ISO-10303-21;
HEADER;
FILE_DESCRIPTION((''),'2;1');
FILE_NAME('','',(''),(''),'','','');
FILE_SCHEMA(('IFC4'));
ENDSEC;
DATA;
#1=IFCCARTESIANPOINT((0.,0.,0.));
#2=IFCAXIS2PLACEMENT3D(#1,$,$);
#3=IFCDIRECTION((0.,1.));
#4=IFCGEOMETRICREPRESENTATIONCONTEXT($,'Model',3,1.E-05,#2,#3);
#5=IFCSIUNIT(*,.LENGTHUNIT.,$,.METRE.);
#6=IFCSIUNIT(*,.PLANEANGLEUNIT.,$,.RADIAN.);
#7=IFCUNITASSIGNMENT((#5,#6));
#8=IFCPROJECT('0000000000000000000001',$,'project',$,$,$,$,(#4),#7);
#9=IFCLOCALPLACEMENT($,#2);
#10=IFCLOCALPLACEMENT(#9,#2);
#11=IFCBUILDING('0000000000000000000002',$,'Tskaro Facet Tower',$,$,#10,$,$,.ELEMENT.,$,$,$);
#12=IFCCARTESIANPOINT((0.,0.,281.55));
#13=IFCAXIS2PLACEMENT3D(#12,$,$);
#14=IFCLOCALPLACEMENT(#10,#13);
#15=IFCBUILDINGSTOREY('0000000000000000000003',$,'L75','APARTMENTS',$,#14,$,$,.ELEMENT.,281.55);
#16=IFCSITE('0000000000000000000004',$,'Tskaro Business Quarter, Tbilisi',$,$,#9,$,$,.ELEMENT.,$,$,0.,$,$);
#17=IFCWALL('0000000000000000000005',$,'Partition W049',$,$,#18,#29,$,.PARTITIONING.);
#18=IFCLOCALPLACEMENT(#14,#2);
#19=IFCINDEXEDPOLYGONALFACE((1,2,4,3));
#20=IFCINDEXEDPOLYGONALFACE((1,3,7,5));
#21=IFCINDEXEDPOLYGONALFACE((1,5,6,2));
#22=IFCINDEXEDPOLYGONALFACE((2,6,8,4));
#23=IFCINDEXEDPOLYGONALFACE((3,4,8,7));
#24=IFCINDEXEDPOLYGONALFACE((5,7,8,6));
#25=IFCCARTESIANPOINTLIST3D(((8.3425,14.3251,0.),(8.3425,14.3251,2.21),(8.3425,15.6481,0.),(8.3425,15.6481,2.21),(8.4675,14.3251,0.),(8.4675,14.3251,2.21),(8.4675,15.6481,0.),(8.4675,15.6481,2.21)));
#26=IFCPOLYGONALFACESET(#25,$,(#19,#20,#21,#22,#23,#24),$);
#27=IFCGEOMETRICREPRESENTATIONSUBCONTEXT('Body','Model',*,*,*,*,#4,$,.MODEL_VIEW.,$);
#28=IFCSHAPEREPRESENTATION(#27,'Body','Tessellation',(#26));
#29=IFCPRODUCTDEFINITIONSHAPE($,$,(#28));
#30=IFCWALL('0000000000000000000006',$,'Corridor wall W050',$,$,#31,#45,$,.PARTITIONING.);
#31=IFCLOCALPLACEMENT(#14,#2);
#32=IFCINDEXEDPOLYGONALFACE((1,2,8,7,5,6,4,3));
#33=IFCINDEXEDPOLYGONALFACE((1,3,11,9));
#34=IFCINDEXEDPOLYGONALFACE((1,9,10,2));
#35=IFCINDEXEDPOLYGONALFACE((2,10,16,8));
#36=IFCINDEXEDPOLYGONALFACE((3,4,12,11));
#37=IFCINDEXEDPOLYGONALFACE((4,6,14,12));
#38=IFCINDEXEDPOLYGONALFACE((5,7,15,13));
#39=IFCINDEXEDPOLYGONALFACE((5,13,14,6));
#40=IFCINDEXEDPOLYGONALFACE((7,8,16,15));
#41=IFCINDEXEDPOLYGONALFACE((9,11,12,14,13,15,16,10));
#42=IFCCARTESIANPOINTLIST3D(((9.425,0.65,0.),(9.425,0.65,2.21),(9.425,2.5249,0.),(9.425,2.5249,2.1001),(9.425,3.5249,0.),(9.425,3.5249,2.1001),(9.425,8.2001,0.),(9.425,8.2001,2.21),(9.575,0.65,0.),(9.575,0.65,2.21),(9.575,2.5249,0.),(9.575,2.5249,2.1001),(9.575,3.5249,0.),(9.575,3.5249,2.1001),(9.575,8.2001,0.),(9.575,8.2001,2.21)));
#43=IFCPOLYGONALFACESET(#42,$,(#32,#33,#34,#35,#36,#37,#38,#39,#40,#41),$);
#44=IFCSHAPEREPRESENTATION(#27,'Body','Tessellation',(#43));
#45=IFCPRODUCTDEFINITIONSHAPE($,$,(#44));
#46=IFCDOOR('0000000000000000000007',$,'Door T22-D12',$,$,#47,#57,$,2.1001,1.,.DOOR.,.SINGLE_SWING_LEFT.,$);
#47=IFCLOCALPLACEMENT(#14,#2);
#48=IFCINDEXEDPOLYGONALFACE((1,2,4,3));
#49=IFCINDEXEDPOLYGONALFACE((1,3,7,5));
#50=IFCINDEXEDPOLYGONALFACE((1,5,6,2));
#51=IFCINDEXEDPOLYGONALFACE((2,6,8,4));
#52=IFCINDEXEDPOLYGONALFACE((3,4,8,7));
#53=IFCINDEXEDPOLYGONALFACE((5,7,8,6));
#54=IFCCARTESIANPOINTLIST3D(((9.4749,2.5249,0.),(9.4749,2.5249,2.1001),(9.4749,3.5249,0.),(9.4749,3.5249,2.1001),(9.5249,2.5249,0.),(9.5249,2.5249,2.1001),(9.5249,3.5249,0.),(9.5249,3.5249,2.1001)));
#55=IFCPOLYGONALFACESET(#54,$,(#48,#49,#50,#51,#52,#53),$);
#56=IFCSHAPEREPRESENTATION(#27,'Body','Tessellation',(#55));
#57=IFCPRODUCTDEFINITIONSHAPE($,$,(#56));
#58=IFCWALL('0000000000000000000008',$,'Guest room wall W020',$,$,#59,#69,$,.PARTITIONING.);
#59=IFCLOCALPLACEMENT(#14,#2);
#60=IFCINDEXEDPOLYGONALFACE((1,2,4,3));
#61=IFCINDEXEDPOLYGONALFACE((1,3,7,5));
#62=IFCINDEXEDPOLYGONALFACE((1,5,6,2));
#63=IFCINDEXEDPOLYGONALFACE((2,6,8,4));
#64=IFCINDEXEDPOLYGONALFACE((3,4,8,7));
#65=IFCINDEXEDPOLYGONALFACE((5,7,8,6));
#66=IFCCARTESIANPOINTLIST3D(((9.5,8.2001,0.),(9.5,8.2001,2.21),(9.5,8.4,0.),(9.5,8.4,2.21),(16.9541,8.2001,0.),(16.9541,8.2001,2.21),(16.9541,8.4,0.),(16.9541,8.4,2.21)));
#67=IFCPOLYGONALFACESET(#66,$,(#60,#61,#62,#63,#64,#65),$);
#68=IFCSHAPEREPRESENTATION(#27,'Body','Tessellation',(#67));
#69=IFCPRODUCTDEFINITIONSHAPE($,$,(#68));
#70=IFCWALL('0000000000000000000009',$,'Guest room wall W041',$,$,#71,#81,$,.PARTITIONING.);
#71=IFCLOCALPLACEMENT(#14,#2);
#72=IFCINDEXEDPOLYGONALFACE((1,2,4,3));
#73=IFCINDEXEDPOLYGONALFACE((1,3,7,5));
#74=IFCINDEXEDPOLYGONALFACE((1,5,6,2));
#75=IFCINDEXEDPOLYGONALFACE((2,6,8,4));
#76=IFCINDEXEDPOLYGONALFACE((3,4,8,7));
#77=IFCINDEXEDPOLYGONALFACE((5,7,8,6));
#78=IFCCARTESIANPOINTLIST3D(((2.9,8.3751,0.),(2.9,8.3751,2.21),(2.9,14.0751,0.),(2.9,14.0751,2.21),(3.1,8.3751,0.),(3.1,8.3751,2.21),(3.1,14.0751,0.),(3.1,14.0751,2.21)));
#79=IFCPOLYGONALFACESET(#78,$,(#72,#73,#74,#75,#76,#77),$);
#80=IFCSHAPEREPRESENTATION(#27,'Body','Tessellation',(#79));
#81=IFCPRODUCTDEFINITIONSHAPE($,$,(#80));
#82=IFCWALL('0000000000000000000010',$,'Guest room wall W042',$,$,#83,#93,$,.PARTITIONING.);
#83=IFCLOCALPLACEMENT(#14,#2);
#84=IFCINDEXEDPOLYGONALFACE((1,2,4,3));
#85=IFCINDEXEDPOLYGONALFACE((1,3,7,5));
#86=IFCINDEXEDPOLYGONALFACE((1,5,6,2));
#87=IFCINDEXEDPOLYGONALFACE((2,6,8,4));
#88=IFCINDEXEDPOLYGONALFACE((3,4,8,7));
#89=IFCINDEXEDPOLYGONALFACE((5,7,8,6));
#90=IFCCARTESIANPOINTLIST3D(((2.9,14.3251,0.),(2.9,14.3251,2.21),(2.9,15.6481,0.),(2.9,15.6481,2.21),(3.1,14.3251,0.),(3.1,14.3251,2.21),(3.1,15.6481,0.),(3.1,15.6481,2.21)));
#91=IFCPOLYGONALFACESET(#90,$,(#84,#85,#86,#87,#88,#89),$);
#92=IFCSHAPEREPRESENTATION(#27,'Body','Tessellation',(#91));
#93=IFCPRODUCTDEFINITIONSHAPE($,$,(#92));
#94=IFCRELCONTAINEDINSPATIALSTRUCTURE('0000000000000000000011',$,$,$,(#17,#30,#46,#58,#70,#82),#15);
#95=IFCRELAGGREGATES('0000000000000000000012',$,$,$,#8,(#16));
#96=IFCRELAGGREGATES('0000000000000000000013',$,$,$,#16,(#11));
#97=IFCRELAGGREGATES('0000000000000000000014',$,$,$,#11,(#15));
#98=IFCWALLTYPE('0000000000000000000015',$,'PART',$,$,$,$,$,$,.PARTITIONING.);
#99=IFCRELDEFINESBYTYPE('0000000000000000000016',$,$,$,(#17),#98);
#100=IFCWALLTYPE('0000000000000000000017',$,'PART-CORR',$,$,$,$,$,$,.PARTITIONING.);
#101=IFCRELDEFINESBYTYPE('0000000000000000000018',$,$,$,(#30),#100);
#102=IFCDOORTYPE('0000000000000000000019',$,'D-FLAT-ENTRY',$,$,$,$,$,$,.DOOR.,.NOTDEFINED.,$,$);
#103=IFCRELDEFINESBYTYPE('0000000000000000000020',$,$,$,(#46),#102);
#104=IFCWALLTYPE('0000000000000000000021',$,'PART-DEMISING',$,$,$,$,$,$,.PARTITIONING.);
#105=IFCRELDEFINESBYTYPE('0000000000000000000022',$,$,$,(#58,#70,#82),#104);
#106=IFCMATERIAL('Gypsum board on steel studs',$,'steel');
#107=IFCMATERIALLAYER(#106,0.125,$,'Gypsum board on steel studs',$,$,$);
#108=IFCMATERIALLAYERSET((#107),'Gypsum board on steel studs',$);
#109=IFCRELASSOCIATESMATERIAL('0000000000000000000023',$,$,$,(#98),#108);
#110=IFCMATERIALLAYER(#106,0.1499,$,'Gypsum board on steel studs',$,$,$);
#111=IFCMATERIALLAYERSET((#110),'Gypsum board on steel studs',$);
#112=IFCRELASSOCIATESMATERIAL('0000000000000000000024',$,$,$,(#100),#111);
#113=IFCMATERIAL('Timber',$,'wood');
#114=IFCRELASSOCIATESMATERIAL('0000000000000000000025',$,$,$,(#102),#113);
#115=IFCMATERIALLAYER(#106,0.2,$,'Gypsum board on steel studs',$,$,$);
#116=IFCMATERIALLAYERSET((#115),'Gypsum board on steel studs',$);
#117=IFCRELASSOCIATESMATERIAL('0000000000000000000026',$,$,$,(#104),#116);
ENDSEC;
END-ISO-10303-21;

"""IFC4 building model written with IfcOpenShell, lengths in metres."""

from ifc_helpers import new_model, si_unit, direction, frame, frame_2d, origin, place, context, subcontext, project, spatial, rectangle, extrude, material, layer, layer_set, type_object, element, fill, save


model = new_model("IFC4")

# Units and contexts
model_context = context("Model", 3, precision=1e-05, world=origin(), true_north=direction((0.0, 1.0)))
body_context = subcontext(model_context, "Body", "Model", "MODEL_VIEW")
ifc_project = project(units=[si_unit("LENGTHUNIT", "METRE"), si_unit("PLANEANGLEUNIT", "RADIAN")], contexts=[model_context])

# Site, building, storey
site_placement = place(None, origin())
site = spatial("IfcSite", under=ifc_project, at=site_placement, Name="Tskaro Business Quarter, Tbilisi", CompositionType="ELEMENT", RefElevation=0.0)
building_placement = place(site_placement, origin())
building = spatial("IfcBuilding", under=site, at=building_placement, Name="Tskaro Facet Tower", CompositionType="ELEMENT")
storey_placement = place(building_placement, frame((0.0, 0.0, 281.55)))
storey = spatial("IfcBuildingStorey", under=building, at=storey_placement, Name="L75", Description="APARTMENTS", CompositionType="ELEMENT", Elevation=281.55)

# Shared definitions
ifc_material_1 = material(Name="Gypsum board on steel studs", Category="steel")
ifc_layer_1 = layer(ifc_material_1, 0.125, Name="Gypsum board on steel studs")
ifc_layer_set_1 = layer_set([ifc_layer_1], Name="Gypsum board on steel studs")
wall_type_1 = type_object("IfcWallType", Name="PART", PredefinedType="PARTITIONING", material=ifc_layer_set_1)
ifc_material_2 = material(Name="Timber", Category="wood")

# Wall
wall_1_placement = place(storey_placement, frame((8.405, 14.325, 0.0), z_axis=(0.0, 0.0, 1.0), x_axis=(0.0, 1.0, 0.0)))
element("IfcWall", 1, at=wall_1_placement, inside=storey, type_object=wall_type_1, Name="Partition W049", PredefinedType="PARTITIONING", context=body_context, shape_type="SweptSolid", body=[
    extrude(rectangle(XDim=1.323, YDim=0.125, at=frame_2d((0.6616, 0.0))), origin(), (0.0, 0.0, 1.0), 2.21),
])

# Wall, opening, door
ifc_layer_2 = layer(ifc_material_1, 0.1499, Name="Gypsum board on steel studs")
ifc_layer_set_2 = layer_set([ifc_layer_2], Name="Gypsum board on steel studs")
wall_type_2 = type_object("IfcWallType", Name="PART-CORR", PredefinedType="PARTITIONING", material=ifc_layer_set_2)
wall_2_placement = place(storey_placement, frame((9.5, 8.2, 0.0), z_axis=(0.0, 0.0, 1.0), x_axis=(0.0, -1.0, 0.0)))
wall_2 = element("IfcWall", 2, at=wall_2_placement, inside=storey, type_object=wall_type_2, Name="Corridor wall W050", PredefinedType="PARTITIONING", context=body_context, shape_type="SweptSolid", body=[
    extrude(rectangle(XDim=7.55, YDim=0.1499, at=frame_2d((3.7749, 0.0))), origin(), (0.0, 0.0, 1.0), 2.21),
])
opening_1_placement = place(wall_2_placement, frame((4.675, 0.0, 0.0)))
opening_1 = element("IfcOpeningElement", 3, at=opening_1_placement, cuts=wall_2, PredefinedType="OPENING", context=body_context, shape_type="SweptSolid", body=[
    extrude(rectangle(XDim=1.0, YDim=2.1001, at=frame_2d((0.5, 1.05))), frame((0.0, 0.085, 0.0), z_axis=(0.0, -1.0, 0.0), x_axis=(1.0, 0.0, 0.0)), (0.0, 0.0, 1.0), 0.1699),
])
door_type_1 = type_object("IfcDoorType", Name="D-FLAT-ENTRY", OperationType="NOTDEFINED", PredefinedType="DOOR", material=ifc_material_2)
door_1_placement = place(opening_1_placement, origin())
door_1 = element("IfcDoor", 4, at=door_1_placement, inside=storey, type_object=door_type_1, Name="Door T22-D12", OperationType="SINGLE_SWING_LEFT", OverallHeight=2.1001, OverallWidth=1.0, PredefinedType="DOOR", context=body_context, shape_type="SweptSolid", body=[
    extrude(rectangle(XDim=1.0, YDim=2.1001, at=frame_2d((0.5, 1.05))), frame((0.0, 0.0249, 0.0), z_axis=(0.0, -1.0, 0.0), x_axis=(1.0, 0.0, 0.0)), (0.0, 0.0, 1.0), 0.05),
])
fill(opening_1, door_1)

# Walls
ifc_layer_3 = layer(ifc_material_1, 0.2, Name="Gypsum board on steel studs")
ifc_layer_set_3 = layer_set([ifc_layer_3], Name="Gypsum board on steel studs")
wall_type_3 = type_object("IfcWallType", Name="PART-DEMISING", PredefinedType="PARTITIONING", material=ifc_layer_set_3)
wall_3_placement = place(storey_placement, frame((9.5, 8.3, 0.0), z_axis=(0.0, 0.0, 1.0), x_axis=(1.0, 0.0, 0.0)))
element("IfcWall", 5, at=wall_3_placement, inside=storey, type_object=wall_type_3, Name="Guest room wall W020", PredefinedType="PARTITIONING", context=body_context, shape_type="SweptSolid", body=[
    extrude(rectangle(XDim=7.4541, YDim=0.2, at=frame_2d((3.7271, 0.0))), origin(), (0.0, 0.0, 1.0), 2.21),
])
wall_4_placement = place(storey_placement, frame((3.0, 8.375, 0.0), z_axis=(0.0, 0.0, 1.0), x_axis=(0.0, 1.0, 0.0)))
element("IfcWall", 6, at=wall_4_placement, inside=storey, type_object=wall_type_3, Name="Guest room wall W041", PredefinedType="PARTITIONING", context=body_context, shape_type="SweptSolid", body=[
    extrude(rectangle(XDim=5.7, YDim=0.2, at=frame_2d((2.8501, 0.0))), origin(), (0.0, 0.0, 1.0), 2.21),
])
wall_5_placement = place(storey_placement, frame((3.0, 14.325, 0.0), z_axis=(0.0, 0.0, 1.0), x_axis=(0.0, 1.0, 0.0)))
element("IfcWall", 7, at=wall_5_placement, inside=storey, type_object=wall_type_3, Name="Guest room wall W042", PredefinedType="PARTITIONING", context=body_context, shape_type="SweptSolid", body=[
    extrude(rectangle(XDim=1.323, YDim=0.2, at=frame_2d((0.6616, 0.0))), origin(), (0.0, 0.0, 1.0), 2.21),
])

save(model, "model.ifc")
